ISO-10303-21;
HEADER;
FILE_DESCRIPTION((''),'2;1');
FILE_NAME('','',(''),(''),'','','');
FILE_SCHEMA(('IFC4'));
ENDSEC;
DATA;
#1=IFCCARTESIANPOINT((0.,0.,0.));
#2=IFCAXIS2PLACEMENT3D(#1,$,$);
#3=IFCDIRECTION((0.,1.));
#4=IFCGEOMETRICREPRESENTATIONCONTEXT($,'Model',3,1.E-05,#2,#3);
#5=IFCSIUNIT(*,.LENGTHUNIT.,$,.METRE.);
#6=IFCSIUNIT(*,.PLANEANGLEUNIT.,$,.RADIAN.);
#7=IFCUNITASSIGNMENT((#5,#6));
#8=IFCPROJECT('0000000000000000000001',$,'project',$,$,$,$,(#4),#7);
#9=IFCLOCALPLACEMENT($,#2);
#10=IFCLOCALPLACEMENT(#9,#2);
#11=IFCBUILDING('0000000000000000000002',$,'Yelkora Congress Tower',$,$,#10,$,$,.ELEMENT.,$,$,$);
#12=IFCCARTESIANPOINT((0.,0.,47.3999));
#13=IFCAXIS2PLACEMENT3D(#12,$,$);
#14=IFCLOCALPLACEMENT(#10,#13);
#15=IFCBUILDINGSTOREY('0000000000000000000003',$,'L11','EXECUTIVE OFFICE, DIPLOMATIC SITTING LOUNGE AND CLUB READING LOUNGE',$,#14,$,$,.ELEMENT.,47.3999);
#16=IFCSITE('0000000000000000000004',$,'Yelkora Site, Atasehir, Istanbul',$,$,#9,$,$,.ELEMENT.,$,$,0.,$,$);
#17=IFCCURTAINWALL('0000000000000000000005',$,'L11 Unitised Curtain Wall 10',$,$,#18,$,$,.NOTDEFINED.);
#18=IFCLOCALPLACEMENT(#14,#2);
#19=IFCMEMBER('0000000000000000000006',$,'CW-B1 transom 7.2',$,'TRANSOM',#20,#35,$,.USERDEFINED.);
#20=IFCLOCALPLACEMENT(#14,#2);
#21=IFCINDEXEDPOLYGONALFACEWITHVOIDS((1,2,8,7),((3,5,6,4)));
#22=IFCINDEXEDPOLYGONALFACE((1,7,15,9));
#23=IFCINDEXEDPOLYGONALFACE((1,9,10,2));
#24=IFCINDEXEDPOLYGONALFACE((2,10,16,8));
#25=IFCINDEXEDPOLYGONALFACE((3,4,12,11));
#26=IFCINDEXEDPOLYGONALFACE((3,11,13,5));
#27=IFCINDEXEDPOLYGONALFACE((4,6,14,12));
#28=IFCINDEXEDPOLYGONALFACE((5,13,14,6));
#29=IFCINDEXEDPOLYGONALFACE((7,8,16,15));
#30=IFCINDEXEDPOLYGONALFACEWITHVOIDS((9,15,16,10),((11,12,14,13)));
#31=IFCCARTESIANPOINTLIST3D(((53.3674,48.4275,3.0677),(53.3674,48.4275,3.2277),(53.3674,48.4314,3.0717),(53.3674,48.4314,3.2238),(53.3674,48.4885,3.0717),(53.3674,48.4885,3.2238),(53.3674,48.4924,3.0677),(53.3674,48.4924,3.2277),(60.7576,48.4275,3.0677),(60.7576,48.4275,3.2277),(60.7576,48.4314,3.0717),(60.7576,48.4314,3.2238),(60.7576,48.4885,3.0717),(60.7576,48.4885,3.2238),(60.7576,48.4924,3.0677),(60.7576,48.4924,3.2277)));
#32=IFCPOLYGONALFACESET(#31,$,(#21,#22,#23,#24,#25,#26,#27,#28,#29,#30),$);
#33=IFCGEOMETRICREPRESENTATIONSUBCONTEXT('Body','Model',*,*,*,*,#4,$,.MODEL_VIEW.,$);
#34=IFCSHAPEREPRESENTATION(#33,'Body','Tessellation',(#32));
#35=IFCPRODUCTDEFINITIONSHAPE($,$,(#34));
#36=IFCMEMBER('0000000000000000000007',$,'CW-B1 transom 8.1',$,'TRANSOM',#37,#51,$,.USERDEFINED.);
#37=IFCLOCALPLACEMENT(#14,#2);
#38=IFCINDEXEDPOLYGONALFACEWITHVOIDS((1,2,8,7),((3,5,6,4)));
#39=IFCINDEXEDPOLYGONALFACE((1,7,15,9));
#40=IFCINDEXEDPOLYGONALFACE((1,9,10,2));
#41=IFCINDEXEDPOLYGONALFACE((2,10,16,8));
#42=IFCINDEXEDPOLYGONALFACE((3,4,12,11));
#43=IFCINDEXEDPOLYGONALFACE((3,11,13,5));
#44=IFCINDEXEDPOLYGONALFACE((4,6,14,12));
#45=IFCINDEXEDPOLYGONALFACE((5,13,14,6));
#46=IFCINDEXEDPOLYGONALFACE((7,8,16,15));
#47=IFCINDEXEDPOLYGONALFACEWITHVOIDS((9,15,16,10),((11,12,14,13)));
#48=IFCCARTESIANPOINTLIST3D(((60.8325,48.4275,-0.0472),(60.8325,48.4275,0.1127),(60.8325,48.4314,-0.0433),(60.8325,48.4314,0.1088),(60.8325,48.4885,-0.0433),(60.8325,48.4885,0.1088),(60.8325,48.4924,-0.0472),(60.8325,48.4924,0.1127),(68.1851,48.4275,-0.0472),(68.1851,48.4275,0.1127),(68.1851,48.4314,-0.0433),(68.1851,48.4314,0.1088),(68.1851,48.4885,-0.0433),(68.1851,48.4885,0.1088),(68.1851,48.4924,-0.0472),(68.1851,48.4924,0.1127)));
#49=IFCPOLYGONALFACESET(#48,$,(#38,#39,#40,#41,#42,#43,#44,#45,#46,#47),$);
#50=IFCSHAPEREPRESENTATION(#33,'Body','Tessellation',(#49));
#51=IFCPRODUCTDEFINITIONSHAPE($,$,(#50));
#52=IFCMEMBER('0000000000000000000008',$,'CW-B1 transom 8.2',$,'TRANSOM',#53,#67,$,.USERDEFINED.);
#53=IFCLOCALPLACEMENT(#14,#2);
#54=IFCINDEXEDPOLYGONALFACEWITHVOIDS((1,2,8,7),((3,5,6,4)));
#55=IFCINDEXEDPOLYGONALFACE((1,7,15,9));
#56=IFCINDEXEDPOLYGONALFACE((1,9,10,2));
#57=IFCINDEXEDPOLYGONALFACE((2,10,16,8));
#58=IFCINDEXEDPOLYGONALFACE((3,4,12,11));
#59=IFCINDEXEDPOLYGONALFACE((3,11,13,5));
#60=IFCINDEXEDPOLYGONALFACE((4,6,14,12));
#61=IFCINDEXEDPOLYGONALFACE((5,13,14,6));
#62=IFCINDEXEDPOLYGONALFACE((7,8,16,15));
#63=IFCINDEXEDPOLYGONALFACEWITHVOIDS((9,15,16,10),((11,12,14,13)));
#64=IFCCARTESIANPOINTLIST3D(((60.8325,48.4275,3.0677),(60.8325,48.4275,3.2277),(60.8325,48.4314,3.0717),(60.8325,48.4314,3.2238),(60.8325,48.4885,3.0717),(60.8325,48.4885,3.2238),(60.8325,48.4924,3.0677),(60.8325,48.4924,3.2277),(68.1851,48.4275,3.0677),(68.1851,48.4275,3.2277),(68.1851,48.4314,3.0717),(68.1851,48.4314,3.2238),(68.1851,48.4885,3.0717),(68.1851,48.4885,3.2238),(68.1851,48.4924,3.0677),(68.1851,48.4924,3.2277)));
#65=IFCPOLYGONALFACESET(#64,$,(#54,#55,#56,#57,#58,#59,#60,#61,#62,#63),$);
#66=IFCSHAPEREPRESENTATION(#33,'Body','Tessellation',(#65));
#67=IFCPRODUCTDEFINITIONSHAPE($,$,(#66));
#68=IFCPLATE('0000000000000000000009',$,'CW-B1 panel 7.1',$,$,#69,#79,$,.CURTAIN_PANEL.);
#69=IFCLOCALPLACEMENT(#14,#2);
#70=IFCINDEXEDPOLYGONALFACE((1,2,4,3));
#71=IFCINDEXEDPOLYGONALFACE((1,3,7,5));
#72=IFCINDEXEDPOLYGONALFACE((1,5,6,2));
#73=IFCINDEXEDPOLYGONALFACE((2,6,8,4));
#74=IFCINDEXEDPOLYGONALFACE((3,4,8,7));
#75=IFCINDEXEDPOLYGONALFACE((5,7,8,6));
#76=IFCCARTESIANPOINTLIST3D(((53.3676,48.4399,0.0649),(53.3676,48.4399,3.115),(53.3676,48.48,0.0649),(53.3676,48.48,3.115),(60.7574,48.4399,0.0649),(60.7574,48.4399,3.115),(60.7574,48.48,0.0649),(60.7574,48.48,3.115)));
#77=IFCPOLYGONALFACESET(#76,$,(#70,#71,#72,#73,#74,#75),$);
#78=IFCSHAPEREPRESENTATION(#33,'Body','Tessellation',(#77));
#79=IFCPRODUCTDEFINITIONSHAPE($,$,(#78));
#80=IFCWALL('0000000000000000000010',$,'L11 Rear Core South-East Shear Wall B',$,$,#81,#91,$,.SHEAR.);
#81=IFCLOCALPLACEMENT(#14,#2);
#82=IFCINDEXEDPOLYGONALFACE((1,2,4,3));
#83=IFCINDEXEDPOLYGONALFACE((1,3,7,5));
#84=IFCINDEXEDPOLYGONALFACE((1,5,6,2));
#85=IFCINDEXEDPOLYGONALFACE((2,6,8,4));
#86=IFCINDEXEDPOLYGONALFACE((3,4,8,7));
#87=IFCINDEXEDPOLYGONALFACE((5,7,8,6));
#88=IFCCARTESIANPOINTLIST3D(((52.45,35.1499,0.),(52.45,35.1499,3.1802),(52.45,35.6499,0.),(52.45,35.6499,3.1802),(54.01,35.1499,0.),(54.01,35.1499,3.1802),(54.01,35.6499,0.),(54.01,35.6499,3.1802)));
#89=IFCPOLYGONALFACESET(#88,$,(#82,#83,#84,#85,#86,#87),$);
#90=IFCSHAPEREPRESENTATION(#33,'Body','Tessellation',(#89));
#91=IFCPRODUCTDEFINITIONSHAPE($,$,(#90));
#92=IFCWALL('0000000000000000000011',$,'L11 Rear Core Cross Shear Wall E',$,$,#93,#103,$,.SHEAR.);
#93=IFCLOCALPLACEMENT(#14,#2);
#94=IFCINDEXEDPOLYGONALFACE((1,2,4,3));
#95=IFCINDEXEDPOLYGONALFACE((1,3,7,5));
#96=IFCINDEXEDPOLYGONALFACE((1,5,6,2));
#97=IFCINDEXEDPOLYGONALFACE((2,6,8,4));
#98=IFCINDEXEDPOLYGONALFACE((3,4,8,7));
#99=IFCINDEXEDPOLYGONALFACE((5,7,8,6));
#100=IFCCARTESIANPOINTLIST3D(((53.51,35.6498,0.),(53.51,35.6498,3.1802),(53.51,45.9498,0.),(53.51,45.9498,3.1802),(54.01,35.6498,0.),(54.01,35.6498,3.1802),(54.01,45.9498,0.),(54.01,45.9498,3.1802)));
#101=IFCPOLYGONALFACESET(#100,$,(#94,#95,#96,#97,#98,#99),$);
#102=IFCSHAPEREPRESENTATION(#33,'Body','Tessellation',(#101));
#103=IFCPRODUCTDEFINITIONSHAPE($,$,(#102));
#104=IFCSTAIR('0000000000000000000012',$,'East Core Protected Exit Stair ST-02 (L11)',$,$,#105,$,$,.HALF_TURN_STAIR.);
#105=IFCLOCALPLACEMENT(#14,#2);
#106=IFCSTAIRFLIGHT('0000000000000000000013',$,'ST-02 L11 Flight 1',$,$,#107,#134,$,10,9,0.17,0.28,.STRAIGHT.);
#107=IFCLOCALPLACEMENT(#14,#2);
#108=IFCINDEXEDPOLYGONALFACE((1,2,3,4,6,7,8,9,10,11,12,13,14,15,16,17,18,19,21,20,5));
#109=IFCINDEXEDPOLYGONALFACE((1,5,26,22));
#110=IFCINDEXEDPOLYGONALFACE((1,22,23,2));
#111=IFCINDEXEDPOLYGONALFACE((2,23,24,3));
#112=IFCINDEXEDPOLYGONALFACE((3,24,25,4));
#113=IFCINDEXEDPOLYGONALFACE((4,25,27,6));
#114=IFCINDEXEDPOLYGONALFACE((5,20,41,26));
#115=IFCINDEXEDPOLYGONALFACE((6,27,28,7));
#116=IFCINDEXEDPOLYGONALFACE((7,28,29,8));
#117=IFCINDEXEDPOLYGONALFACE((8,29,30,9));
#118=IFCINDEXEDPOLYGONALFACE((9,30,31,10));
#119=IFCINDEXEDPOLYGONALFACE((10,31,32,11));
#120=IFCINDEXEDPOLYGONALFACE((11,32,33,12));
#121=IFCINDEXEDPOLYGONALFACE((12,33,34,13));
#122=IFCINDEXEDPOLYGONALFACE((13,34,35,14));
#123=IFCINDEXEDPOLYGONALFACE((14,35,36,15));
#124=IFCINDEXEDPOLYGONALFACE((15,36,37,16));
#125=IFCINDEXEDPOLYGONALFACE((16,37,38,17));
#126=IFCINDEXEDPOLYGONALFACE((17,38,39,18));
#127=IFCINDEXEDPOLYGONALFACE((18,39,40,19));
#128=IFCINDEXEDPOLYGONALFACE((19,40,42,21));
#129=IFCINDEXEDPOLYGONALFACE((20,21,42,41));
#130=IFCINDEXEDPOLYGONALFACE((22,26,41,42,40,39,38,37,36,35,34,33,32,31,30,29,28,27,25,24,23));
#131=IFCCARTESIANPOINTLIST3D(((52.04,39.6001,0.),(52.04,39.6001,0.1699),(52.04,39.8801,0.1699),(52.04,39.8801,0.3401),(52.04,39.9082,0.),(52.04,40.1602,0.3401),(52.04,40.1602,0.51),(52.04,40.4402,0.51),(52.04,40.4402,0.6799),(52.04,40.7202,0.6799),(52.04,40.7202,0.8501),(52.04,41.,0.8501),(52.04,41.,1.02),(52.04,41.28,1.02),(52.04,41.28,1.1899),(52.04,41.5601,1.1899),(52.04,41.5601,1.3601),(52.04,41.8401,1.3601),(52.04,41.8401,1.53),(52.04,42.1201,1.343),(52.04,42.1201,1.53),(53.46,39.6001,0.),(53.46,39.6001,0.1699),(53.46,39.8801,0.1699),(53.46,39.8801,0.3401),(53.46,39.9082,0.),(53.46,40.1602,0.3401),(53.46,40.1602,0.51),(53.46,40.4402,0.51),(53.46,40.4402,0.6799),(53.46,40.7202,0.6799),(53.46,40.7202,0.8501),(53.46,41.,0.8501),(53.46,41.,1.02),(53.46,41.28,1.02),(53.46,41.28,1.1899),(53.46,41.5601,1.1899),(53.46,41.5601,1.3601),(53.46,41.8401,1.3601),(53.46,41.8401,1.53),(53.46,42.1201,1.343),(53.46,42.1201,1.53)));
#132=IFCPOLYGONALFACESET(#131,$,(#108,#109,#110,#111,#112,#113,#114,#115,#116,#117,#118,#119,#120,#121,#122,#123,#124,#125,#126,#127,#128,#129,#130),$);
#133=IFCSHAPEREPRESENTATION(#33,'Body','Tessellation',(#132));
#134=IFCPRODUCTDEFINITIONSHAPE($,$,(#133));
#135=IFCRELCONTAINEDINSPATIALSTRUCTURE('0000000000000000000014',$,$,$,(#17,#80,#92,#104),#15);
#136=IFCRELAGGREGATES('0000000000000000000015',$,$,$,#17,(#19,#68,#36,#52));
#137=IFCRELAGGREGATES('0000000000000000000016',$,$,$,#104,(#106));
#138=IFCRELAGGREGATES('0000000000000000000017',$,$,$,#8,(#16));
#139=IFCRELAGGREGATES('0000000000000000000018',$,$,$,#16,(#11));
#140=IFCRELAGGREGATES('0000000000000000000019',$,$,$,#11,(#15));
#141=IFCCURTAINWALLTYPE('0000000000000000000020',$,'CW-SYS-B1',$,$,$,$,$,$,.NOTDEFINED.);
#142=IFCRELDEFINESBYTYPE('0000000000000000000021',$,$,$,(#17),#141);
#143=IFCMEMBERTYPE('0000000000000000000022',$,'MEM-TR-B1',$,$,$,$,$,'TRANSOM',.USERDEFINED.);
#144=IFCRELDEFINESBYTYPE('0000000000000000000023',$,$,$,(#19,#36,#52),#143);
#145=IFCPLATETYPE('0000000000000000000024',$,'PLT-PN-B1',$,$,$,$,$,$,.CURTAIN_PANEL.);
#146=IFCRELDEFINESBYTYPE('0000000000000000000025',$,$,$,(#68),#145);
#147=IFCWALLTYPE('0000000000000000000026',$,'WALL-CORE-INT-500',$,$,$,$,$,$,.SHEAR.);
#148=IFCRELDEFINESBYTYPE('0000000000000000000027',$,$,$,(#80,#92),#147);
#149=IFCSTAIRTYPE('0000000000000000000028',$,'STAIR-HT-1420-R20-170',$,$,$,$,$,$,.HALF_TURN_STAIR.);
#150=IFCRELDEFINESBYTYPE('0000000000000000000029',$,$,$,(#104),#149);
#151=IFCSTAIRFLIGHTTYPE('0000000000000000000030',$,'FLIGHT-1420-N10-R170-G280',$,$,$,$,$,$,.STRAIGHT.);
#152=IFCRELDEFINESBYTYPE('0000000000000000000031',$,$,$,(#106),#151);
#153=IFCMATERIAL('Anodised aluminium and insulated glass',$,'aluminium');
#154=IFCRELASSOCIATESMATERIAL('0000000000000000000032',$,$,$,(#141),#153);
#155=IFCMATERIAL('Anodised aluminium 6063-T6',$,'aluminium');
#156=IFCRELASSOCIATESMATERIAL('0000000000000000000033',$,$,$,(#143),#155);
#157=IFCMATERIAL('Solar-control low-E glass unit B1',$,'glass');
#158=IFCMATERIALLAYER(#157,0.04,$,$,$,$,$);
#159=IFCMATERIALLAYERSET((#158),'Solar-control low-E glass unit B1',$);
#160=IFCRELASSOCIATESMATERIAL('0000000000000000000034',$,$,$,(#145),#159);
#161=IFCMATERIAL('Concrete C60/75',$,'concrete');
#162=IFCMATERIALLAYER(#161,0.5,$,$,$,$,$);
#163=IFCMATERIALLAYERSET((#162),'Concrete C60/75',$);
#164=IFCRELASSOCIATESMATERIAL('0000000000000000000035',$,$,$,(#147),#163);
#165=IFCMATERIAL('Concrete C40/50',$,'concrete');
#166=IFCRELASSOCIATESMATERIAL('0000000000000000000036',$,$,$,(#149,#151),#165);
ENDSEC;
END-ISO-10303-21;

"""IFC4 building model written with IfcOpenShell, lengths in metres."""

from ifc_helpers import new_model, si_unit, direction, frame, frame_2d, origin, origin_2d, place, context, subcontext, project, spatial, polyline, rectangle, hollow_rectangle, outline, extrude, material, layer, layer_set, material_profile, profile_set, type_object, element, aggregate, save


model = new_model("IFC4")

# Units and contexts
model_context = context("Model", 3, precision=1e-05, world=origin(), true_north=direction((0.0, 1.0)))
body_context = subcontext(model_context, "Body", "Model", "MODEL_VIEW")
ifc_project = project(units=[si_unit("LENGTHUNIT", "METRE"), si_unit("PLANEANGLEUNIT", "RADIAN")], contexts=[model_context])

# Site, building, storey
site_placement = place(None, origin())
site = spatial("IfcSite", under=ifc_project, at=site_placement, Name="Yelkora Site, Atasehir, Istanbul", CompositionType="ELEMENT", RefElevation=0.0)
building_placement = place(site_placement, origin())
building = spatial("IfcBuilding", under=site, at=building_placement, Name="Yelkora Congress Tower", CompositionType="ELEMENT")
storey_placement = place(building_placement, frame((0.0, 0.0, 47.3999)))
storey = spatial("IfcBuildingStorey", under=building, at=storey_placement, Name="L11", Description="EXECUTIVE OFFICE, DIPLOMATIC SITTING LOUNGE AND CLUB READING LOUNGE", CompositionType="ELEMENT", Elevation=47.3999)

# Shared definitions
ifc_material_1 = material(Name="Concrete C60/75", Category="concrete")

# Curtain wall, members, plate
ifc_material_2 = material(Name="Anodised aluminium and insulated glass", Category="aluminium")
curtain_wall_type = type_object("IfcCurtainWallType", Name="CW-SYS-B1", PredefinedType="NOTDEFINED", material=ifc_material_2)
curtain_wall_placement = place(storey_placement, origin())
curtain_wall = element("IfcCurtainWall", 1, at=curtain_wall_placement, inside=storey, type_object=curtain_wall_type, Name="L11 Unitised Curtain Wall 10", PredefinedType="NOTDEFINED")
ifc_material_3 = material(Name="Anodised aluminium 6063-T6", Category="aluminium")
ifc_material_profile_1 = material_profile(ifc_material_3, hollow_rectangle(XDim=0.0649, YDim=0.1599, WallThickness=0.0039, at=origin_2d()), Name="ALU 65x160x4")
ifc_profile_set_1 = profile_set([ifc_material_profile_1], Name="Anodised aluminium 6063-T6")
member_type_1 = type_object("IfcMemberType", Name="MEM-TR-B1", ElementType="TRANSOM", PredefinedType="USERDEFINED", material=ifc_profile_set_1)
member_1_placement = place(storey_placement, frame((53.3674, 48.46, 3.1477), z_axis=(1.0, 0.0, 0.0), x_axis=(0.0, 1.0, 0.0)))
member_1 = element("IfcMember", 2, at=member_1_placement, type_object=member_type_1, Name="CW-B1 transom 7.2", ObjectType="TRANSOM", PredefinedType="USERDEFINED", context=body_context, shape_type="SweptSolid", body=[
    extrude(hollow_rectangle(XDim=0.0649, YDim=0.1599, WallThickness=0.0039, at=origin_2d()), origin(), (0.0, 0.0, 1.0), 7.3901),
])
member_2_placement = place(storey_placement, frame((60.8325, 48.46, 0.0327), z_axis=(1.0, 0.0, 0.0), x_axis=(0.0, 1.0, 0.0)))
member_2 = element("IfcMember", 3, at=member_2_placement, type_object=member_type_1, Name="CW-B1 transom 8.1", ObjectType="TRANSOM", PredefinedType="USERDEFINED", context=body_context, shape_type="SweptSolid", body=[
    extrude(hollow_rectangle(XDim=0.0649, YDim=0.1599, WallThickness=0.0039, at=origin_2d()), origin(), (0.0, 0.0, 1.0), 7.3525),
])
member_3_placement = place(storey_placement, frame((60.8325, 48.46, 3.1477), z_axis=(1.0, 0.0, 0.0), x_axis=(0.0, 1.0, 0.0)))
member_3 = element("IfcMember", 4, at=member_3_placement, type_object=member_type_1, Name="CW-B1 transom 8.2", ObjectType="TRANSOM", PredefinedType="USERDEFINED", context=body_context, shape_type="SweptSolid", body=[
    extrude(hollow_rectangle(XDim=0.0649, YDim=0.1599, WallThickness=0.0039, at=origin_2d()), origin(), (0.0, 0.0, 1.0), 7.3525),
])
ifc_material_4 = material(Name="Solar-control low-E glass unit B1", Category="glass")
ifc_layer_1 = layer(ifc_material_4, 0.04)
ifc_layer_set_1 = layer_set([ifc_layer_1], Name="Solar-control low-E glass unit B1")
plate_type = type_object("IfcPlateType", Name="PLT-PN-B1", PredefinedType="CURTAIN_PANEL", material=ifc_layer_set_1)
plate_placement = place(storey_placement, frame((57.0625, 48.46, 0.0649), z_axis=(0.0, 0.0, 1.0), x_axis=(1.0, 0.0, 0.0)))
plate = element("IfcPlate", 5, at=plate_placement, type_object=plate_type, Name="CW-B1 panel 7.1", PredefinedType="CURTAIN_PANEL", context=body_context, shape_type="SweptSolid", body=[
    extrude(rectangle(XDim=7.3899, YDim=0.04, at=origin_2d()), origin(), (0.0, 0.0, 1.0), 3.05),
])
aggregate(curtain_wall, [member_1, plate, member_2, member_3])

# Walls
ifc_layer_2 = layer(ifc_material_1, 0.5)
ifc_layer_set_2 = layer_set([ifc_layer_2], Name="Concrete C60/75")
wall_type = type_object("IfcWallType", Name="WALL-CORE-INT-500", PredefinedType="SHEAR", material=ifc_layer_set_2)
wall_1_placement = place(storey_placement, frame((52.45, 35.3999, 0.0), z_axis=(0.0, 0.0, 1.0), x_axis=(1.0, 0.0, 0.0)))
element("IfcWall", 6, at=wall_1_placement, inside=storey, type_object=wall_type, Name="L11 Rear Core South-East Shear Wall B", PredefinedType="SHEAR", context=body_context, shape_type="SweptSolid", body=[
    extrude(rectangle(XDim=1.5601, YDim=0.5, at=frame_2d((0.78, 0.0))), origin(), (0.0, 0.0, 1.0), 3.1802),
])
wall_2_placement = place(storey_placement, frame((53.76, 35.6499, 0.0), z_axis=(0.0, 0.0, 1.0), x_axis=(0.0, 1.0, 0.0)))
element("IfcWall", 7, at=wall_2_placement, inside=storey, type_object=wall_type, Name="L11 Rear Core Cross Shear Wall E", PredefinedType="SHEAR", context=body_context, shape_type="SweptSolid", body=[
    extrude(rectangle(XDim=10.3, YDim=0.5, at=frame_2d((5.1499, 0.0))), origin(), (0.0, 0.0, 1.0), 3.1802),
])

# Stair, stair flight
ifc_material_5 = material(Name="Concrete C40/50", Category="concrete")
stair_type = type_object("IfcStairType", Name="STAIR-HT-1420-R20-170", PredefinedType="HALF_TURN_STAIR", material=ifc_material_5)
stair_placement = place(storey_placement, origin())
stair = element("IfcStair", 8, at=stair_placement, inside=storey, type_object=stair_type, Name="East Core Protected Exit Stair ST-02 (L11)", PredefinedType="HALF_TURN_STAIR")
stair_flight_type = type_object("IfcStairFlightType", Name="FLIGHT-1420-N10-R170-G280", PredefinedType="STRAIGHT", material=ifc_material_5)
stair_flight_placement = place(storey_placement, frame((52.75, 39.6001, 0.0), z_axis=(0.0, 0.0, 1.0), x_axis=(0.0, 1.0, 0.0)))
stair_flight = element("IfcStairFlight", 9, at=stair_flight_placement, type_object=stair_flight_type, Name="ST-02 L11 Flight 1", NumberOfRisers=10, NumberOfTreads=9, PredefinedType="STRAIGHT", RiserHeight=0.17, TreadLength=0.28, context=body_context, shape_type="SweptSolid", body=[
    extrude(outline(polyline([(0.0, 0.0), (0.0, 0.1699), (0.28, 0.1699), (0.28, 0.3401), (0.5601, 0.3401), (0.5601, 0.51), (0.8401, 0.51), (0.8401, 0.6799), (1.1201, 0.6799), (1.1201, 0.8501), (1.3999, 0.8501), (1.3999, 1.02), (1.6799, 1.02), (1.6799, 1.1899), (1.96, 1.1899), (1.96, 1.3601), (2.24, 1.3601), (2.24, 1.53), (2.52, 1.53), (2.52, 1.7), (2.52, 1.343), (0.3081, 0.0), (0.0, 0.0)])), frame((0.0, 0.71, 0.0), z_axis=(0.0, -1.0, 0.0), x_axis=(1.0, 0.0, 0.0)), (0.0, 0.0, 1.0), 1.4199),
])
aggregate(stair, [stair_flight])

save(model, "model.ifc")
